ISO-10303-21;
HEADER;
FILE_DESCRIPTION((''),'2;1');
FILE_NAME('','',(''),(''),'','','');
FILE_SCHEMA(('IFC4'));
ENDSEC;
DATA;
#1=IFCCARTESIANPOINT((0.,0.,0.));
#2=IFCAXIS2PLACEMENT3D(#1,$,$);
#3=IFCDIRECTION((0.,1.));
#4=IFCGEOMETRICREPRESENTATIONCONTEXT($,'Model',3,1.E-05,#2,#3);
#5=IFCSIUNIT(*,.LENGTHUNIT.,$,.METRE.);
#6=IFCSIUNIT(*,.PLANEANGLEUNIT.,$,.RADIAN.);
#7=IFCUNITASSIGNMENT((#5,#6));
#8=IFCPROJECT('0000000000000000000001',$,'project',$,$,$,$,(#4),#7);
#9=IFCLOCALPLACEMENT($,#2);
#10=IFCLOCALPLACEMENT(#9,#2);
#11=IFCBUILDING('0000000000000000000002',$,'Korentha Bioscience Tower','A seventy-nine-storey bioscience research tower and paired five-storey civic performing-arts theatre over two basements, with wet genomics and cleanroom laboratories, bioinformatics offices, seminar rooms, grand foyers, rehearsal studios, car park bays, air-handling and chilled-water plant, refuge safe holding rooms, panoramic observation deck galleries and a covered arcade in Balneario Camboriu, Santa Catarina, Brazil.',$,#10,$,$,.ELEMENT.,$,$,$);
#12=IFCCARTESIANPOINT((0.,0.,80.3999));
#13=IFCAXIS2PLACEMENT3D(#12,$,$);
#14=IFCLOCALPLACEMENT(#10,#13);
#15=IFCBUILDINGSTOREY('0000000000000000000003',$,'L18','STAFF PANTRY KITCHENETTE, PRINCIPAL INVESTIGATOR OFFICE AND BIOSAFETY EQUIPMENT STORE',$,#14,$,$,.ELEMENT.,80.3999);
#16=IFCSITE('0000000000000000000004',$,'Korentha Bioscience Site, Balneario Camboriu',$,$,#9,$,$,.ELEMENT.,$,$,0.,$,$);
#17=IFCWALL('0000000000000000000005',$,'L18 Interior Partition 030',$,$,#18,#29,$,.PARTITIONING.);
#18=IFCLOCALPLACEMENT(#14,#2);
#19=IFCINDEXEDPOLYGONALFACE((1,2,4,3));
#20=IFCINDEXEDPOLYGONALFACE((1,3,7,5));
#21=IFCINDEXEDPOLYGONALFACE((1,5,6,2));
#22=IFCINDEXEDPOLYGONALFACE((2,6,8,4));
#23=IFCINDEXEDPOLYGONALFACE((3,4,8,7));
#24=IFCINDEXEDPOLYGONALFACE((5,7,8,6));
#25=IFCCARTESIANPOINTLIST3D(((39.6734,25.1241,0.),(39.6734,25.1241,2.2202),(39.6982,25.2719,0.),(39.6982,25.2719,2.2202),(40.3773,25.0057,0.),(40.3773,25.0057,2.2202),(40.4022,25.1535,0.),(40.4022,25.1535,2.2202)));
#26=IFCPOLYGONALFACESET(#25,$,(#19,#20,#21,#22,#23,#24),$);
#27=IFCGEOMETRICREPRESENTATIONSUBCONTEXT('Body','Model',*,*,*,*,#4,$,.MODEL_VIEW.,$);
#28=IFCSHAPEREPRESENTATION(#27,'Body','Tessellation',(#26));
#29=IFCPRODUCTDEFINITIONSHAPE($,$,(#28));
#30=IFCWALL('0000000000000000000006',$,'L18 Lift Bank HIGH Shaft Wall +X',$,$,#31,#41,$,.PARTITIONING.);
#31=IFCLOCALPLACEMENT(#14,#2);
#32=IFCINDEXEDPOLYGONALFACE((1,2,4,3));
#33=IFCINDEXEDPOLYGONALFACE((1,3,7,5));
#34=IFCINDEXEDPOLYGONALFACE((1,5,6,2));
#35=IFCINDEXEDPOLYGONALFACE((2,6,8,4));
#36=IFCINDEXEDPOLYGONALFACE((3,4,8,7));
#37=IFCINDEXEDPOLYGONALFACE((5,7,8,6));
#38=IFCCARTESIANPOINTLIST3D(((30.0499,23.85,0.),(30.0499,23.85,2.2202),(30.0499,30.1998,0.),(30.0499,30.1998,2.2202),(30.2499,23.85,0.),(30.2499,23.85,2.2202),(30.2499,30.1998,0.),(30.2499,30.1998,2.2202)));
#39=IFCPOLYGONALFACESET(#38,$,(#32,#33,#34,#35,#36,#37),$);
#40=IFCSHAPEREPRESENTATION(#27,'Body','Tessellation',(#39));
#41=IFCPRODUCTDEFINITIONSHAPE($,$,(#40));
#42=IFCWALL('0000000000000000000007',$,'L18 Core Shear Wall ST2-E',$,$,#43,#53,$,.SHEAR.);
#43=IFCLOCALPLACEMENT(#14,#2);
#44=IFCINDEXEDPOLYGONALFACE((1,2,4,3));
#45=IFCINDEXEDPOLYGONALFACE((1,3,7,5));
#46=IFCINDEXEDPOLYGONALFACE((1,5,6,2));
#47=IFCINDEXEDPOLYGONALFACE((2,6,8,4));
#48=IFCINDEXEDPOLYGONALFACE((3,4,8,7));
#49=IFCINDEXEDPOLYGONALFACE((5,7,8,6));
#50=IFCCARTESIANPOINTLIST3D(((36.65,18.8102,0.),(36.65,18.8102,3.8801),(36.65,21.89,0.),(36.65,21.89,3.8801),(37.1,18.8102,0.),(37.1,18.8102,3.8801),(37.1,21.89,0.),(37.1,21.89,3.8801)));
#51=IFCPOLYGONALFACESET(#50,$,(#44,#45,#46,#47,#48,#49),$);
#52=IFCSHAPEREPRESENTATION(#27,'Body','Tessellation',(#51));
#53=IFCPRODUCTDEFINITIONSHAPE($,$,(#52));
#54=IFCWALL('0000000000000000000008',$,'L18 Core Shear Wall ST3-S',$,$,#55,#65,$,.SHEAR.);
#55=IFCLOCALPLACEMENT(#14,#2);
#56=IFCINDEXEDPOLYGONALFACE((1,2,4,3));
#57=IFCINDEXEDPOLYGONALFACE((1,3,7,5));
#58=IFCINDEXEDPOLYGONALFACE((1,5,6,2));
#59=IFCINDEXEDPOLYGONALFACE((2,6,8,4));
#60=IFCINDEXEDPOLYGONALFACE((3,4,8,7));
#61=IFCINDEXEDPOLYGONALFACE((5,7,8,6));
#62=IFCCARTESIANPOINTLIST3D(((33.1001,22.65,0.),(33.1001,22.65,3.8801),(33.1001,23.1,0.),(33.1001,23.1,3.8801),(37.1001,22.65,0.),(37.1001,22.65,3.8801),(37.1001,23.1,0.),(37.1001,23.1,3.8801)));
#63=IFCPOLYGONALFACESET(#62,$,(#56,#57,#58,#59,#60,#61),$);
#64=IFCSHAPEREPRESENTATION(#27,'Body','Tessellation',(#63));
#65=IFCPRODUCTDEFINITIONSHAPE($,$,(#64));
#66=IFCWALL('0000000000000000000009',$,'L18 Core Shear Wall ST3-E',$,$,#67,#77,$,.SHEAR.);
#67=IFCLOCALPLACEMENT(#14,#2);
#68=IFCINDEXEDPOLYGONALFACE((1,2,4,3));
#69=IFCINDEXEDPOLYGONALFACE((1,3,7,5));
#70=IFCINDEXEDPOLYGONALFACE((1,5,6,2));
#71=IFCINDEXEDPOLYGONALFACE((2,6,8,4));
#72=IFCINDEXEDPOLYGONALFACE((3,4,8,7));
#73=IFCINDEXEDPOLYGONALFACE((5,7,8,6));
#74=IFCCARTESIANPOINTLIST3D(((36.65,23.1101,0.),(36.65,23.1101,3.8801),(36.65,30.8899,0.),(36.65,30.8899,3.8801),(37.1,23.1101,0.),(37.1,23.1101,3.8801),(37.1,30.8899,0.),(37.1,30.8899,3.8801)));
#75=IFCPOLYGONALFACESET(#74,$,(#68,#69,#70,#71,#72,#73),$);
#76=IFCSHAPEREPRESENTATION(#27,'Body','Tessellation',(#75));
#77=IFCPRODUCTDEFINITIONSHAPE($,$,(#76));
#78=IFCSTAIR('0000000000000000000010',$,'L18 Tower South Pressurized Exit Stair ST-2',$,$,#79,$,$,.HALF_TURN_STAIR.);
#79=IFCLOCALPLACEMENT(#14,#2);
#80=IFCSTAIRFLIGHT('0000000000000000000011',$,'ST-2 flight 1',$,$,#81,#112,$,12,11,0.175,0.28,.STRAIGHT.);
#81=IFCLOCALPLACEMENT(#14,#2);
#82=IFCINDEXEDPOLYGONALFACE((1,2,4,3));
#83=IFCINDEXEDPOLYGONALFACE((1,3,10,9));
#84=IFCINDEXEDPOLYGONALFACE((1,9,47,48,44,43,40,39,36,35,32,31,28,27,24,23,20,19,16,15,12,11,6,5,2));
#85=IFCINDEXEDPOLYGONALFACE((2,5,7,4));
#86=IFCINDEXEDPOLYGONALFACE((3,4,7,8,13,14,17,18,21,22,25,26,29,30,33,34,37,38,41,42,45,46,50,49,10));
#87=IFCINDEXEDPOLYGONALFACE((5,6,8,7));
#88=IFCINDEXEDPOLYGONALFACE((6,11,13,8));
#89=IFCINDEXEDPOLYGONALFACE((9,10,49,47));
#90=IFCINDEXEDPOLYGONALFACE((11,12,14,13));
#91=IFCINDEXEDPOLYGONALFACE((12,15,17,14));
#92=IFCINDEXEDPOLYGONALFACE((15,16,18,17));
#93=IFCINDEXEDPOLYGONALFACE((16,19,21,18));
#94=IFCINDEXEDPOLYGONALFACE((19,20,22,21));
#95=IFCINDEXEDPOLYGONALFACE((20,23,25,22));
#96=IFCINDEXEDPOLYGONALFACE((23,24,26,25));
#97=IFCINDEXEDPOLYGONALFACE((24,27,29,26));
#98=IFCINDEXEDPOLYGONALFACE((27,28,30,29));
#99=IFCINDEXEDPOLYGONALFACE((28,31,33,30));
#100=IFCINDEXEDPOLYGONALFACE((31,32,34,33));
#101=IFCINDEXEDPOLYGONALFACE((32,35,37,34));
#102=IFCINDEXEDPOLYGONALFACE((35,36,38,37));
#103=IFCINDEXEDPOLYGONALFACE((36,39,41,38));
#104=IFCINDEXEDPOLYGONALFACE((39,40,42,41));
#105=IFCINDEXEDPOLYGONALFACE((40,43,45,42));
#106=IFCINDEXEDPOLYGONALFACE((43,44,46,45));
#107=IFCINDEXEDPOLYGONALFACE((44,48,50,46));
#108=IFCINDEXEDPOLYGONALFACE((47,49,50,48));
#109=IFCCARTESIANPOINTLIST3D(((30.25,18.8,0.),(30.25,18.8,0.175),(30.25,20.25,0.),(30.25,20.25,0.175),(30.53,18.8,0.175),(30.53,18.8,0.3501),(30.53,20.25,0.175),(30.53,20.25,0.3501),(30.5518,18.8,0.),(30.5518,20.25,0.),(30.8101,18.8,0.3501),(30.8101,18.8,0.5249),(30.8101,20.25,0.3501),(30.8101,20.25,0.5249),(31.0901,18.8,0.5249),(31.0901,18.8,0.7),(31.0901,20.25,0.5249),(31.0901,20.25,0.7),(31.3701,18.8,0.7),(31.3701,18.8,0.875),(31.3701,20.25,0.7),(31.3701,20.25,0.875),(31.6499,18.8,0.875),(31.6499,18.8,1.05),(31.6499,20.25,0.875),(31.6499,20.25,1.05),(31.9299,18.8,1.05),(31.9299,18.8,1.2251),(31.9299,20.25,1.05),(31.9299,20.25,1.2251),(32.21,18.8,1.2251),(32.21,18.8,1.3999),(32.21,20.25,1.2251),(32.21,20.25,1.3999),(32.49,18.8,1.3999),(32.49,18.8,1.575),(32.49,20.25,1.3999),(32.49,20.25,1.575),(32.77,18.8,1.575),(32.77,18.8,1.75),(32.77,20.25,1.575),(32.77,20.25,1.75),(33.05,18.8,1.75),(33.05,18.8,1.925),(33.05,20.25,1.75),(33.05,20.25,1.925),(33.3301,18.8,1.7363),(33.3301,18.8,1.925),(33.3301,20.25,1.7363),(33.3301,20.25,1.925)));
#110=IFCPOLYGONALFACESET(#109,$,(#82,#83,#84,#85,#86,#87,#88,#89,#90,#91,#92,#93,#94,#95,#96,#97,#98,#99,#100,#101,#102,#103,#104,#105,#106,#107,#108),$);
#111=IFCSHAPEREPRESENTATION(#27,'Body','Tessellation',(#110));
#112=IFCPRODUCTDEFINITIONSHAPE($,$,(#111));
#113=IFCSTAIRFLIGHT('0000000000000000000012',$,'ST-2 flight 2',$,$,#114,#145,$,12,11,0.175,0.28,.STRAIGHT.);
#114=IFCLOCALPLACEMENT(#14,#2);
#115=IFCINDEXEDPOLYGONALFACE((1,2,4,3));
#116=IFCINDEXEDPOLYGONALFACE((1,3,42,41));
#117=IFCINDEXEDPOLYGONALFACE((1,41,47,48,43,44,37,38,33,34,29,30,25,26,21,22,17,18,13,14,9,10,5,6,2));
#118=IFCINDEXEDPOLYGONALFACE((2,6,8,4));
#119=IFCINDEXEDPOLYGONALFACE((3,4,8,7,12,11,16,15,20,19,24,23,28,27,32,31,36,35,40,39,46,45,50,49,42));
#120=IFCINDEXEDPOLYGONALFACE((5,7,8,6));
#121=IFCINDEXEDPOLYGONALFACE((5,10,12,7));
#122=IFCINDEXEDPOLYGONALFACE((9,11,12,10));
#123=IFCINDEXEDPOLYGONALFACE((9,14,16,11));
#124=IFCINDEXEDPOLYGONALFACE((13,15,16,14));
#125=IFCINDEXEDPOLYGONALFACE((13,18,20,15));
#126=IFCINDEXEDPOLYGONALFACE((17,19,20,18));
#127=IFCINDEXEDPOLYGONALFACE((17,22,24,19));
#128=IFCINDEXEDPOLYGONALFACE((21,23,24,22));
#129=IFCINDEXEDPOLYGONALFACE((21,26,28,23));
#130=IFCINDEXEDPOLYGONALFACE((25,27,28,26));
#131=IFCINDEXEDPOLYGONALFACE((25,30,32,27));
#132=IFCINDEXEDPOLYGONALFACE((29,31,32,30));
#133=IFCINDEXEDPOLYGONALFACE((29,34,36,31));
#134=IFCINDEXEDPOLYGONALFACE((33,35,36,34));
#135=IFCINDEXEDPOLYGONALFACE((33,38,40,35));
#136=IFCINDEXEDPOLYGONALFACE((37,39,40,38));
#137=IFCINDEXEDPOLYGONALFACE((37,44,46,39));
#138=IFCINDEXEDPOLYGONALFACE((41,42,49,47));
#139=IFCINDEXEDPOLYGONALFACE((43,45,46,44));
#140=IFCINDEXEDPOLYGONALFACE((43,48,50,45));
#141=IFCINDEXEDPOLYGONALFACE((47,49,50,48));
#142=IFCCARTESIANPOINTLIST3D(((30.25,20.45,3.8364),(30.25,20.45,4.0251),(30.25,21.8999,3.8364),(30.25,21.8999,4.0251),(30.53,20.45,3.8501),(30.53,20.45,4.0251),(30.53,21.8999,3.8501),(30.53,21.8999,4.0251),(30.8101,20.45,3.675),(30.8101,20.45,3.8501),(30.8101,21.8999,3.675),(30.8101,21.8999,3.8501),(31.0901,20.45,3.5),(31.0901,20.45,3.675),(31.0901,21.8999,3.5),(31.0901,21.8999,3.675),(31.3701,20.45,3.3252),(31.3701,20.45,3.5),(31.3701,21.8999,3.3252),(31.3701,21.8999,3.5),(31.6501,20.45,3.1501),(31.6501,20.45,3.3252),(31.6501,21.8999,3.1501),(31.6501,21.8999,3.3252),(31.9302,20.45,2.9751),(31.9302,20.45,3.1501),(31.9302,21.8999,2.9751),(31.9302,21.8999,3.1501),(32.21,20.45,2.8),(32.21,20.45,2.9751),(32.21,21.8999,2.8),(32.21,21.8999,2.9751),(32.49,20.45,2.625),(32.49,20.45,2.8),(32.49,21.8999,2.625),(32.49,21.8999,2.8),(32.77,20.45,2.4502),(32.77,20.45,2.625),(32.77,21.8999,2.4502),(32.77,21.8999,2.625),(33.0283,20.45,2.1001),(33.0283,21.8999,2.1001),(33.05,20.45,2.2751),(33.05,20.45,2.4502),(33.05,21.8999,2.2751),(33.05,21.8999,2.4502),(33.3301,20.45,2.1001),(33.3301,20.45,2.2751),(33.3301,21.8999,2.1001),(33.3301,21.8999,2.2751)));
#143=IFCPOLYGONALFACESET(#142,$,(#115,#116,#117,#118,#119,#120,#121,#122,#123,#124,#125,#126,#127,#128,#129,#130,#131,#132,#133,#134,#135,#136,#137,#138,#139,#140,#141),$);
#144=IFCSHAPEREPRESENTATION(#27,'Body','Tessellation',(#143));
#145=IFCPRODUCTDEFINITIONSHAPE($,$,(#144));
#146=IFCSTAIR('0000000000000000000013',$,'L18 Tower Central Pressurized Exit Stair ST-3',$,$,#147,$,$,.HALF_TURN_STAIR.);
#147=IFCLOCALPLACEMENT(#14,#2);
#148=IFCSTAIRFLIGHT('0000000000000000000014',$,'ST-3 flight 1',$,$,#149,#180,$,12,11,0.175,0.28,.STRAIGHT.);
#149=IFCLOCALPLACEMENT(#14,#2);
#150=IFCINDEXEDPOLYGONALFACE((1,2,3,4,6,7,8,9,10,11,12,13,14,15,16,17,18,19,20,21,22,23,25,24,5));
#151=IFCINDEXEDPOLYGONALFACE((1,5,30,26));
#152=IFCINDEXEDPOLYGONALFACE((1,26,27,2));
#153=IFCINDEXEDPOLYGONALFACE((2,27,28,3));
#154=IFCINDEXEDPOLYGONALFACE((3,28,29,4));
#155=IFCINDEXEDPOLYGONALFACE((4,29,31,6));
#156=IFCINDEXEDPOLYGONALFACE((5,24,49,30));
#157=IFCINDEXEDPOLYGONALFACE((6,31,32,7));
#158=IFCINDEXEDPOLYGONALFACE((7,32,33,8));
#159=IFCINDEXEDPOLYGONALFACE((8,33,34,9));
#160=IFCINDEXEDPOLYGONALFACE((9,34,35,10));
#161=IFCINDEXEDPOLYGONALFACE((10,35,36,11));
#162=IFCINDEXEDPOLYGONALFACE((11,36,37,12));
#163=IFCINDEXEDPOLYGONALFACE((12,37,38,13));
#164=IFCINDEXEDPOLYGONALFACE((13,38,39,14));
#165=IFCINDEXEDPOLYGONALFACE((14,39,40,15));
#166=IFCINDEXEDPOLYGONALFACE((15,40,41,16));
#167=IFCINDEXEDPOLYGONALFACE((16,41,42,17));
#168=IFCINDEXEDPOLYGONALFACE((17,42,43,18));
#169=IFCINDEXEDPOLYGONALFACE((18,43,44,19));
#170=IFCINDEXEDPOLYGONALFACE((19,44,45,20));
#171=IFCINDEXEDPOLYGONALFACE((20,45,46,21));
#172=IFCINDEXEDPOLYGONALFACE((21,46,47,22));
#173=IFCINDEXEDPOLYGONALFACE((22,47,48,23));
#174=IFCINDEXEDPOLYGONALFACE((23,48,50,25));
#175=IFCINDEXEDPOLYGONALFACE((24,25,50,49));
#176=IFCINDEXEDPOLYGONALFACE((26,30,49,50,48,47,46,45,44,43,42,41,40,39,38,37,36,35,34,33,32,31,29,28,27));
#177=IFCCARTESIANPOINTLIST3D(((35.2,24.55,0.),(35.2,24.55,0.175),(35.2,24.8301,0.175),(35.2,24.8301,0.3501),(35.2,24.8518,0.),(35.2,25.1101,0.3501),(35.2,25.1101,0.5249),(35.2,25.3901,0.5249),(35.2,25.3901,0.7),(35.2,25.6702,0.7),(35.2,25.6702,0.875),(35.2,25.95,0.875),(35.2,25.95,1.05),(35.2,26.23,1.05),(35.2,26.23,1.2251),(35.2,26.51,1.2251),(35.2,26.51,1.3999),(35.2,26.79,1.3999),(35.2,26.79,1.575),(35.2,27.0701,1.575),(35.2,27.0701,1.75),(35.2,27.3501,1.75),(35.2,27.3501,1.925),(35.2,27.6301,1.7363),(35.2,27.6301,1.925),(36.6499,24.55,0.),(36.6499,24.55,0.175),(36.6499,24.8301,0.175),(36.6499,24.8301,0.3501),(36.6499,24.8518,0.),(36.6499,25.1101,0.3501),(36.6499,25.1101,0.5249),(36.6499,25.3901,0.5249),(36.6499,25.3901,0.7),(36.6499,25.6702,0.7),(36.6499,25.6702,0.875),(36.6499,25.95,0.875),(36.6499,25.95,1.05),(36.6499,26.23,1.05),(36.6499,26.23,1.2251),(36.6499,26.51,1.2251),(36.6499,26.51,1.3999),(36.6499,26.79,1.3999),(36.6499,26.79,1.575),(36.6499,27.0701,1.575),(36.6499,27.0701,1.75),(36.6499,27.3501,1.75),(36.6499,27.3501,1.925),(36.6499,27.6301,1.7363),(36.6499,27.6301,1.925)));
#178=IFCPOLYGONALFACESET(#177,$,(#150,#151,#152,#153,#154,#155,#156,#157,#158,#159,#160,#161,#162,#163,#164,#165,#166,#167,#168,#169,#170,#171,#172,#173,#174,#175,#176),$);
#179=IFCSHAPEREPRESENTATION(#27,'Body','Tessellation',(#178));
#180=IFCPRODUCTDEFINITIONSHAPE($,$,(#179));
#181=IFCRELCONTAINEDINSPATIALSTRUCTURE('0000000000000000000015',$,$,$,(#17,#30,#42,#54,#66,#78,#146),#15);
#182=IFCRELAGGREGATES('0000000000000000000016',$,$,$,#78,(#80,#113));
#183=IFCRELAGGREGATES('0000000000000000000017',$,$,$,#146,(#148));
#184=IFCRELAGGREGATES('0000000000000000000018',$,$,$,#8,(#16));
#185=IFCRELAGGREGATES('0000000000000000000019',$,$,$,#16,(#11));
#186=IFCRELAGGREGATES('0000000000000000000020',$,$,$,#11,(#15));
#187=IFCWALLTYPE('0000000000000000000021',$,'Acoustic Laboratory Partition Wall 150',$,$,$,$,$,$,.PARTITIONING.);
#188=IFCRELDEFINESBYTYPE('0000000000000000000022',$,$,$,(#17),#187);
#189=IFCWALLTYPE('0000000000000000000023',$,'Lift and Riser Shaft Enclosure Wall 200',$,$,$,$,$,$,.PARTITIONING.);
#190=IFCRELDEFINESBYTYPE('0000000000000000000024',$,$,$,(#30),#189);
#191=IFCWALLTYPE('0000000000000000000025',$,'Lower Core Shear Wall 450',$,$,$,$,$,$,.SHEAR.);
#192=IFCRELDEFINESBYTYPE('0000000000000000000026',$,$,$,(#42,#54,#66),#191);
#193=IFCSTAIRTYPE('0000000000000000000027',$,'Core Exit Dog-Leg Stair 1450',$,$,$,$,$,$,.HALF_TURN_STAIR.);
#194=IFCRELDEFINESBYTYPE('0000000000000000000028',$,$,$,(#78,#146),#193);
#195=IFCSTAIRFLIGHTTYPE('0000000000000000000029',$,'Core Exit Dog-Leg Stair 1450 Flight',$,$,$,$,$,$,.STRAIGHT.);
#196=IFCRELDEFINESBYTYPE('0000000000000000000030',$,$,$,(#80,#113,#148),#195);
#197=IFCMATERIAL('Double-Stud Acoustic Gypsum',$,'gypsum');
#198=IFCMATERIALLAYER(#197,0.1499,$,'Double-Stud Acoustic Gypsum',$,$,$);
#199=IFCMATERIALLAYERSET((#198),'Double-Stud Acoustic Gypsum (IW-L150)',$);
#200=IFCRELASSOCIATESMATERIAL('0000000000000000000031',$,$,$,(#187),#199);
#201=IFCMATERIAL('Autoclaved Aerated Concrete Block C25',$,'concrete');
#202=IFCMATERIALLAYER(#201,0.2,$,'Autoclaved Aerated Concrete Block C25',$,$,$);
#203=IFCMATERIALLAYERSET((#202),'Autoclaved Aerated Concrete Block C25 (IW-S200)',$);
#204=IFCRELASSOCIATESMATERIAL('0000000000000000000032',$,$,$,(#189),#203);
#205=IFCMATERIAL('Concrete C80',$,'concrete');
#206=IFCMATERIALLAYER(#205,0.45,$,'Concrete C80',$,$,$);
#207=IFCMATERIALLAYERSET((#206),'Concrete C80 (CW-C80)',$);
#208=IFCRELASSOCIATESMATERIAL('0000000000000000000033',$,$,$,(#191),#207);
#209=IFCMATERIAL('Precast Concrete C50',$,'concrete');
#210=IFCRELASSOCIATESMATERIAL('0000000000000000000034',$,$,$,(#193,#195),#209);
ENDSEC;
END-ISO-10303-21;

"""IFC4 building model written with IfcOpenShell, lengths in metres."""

from ifc_helpers import new_model, si_unit, direction, frame, frame_2d, origin, place, context, subcontext, project, spatial, polyline, rectangle, outline, extrude, material, layer, layer_set, type_object, element, aggregate, save


model = new_model("IFC4")

# Units and contexts
model_context = context("Model", 3, precision=1e-05, world=origin(), true_north=direction((0.0, 1.0)))
body_context = subcontext(model_context, "Body", "Model", "MODEL_VIEW")
ifc_project = project(units=[si_unit("LENGTHUNIT", "METRE"), si_unit("PLANEANGLEUNIT", "RADIAN")], contexts=[model_context])

# Site, building, storey
site_placement = place(None, origin())
site = spatial("IfcSite", under=ifc_project, at=site_placement, Name="Korentha Bioscience Site, Balneario Camboriu", CompositionType="ELEMENT", RefElevation=0.0)
building_placement = place(site_placement, origin())
building = spatial("IfcBuilding", under=site, at=building_placement, Name="Korentha Bioscience Tower", Description="A seventy-nine-storey bioscience research tower and paired five-storey civic performing-arts theatre over two basements, with wet genomics and cleanroom laboratories, bioinformatics offices, seminar rooms, grand foyers, rehearsal studios, car park bays, air-handling and chilled-water plant, refuge safe holding rooms, panoramic observation deck galleries and a covered arcade in Balneario Camboriu, Santa Catarina, Brazil.", CompositionType="ELEMENT")
storey_placement = place(building_placement, frame((0.0, 0.0, 80.3999)))
storey = spatial("IfcBuildingStorey", under=building, at=storey_placement, Name="L18", Description="STAFF PANTRY KITCHENETTE, PRINCIPAL INVESTIGATOR OFFICE AND BIOSAFETY EQUIPMENT STORE", CompositionType="ELEMENT", Elevation=80.3999)

# Shared definitions
ifc_material_1 = material(Name="Double-Stud Acoustic Gypsum", Category="gypsum")
ifc_layer_1 = layer(ifc_material_1, 0.1499, Name="Double-Stud Acoustic Gypsum")
ifc_layer_set_1 = layer_set([ifc_layer_1], Name="Double-Stud Acoustic Gypsum (IW-L150)")
wall_type_1 = type_object("IfcWallType", Name="Acoustic Laboratory Partition Wall 150", PredefinedType="PARTITIONING", material=ifc_layer_set_1)

# Walls
wall_1_placement = place(storey_placement, frame((39.6858, 25.198, 0.0), z_axis=(0.0, 0.0, 1.0), x_axis=(0.986153, -0.165841, 0.0)))
element("IfcWall", 1, at=wall_1_placement, inside=storey, type_object=wall_type_1, Name="L18 Interior Partition 030", PredefinedType="PARTITIONING", context=body_context, shape_type="SweptSolid", body=[
    extrude(rectangle(XDim=0.7139, YDim=0.1499, at=frame_2d((0.3569, 0.0))), origin(), (0.0, 0.0, 1.0), 2.2202),
])
ifc_material_2 = material(Name="Autoclaved Aerated Concrete Block C25", Category="concrete")
ifc_layer_2 = layer(ifc_material_2, 0.2, Name="Autoclaved Aerated Concrete Block C25")
ifc_layer_set_2 = layer_set([ifc_layer_2], Name="Autoclaved Aerated Concrete Block C25 (IW-S200)")
wall_type_2 = type_object("IfcWallType", Name="Lift and Riser Shaft Enclosure Wall 200", PredefinedType="PARTITIONING", material=ifc_layer_set_2)
wall_2_placement = place(storey_placement, frame((30.1499, 23.8501, 0.0), z_axis=(0.0, 0.0, 1.0), x_axis=(0.0, 1.0, 0.0)))
element("IfcWall", 2, at=wall_2_placement, inside=storey, type_object=wall_type_2, Name="L18 Lift Bank HIGH Shaft Wall +X", PredefinedType="PARTITIONING", context=body_context, shape_type="SweptSolid", body=[
    extrude(rectangle(XDim=6.3499, YDim=0.2, at=frame_2d((3.1748, 0.0))), origin(), (0.0, 0.0, 1.0), 2.2202),
])
ifc_material_3 = material(Name="Concrete C80", Category="concrete")
ifc_layer_3 = layer(ifc_material_3, 0.45, Name="Concrete C80")
ifc_layer_set_3 = layer_set([ifc_layer_3], Name="Concrete C80 (CW-C80)")
wall_type_3 = type_object("IfcWallType", Name="Lower Core Shear Wall 450", PredefinedType="SHEAR", material=ifc_layer_set_3)
wall_3_placement = place(storey_placement, frame((36.875, 18.8101, 0.0), z_axis=(0.0, 0.0, 1.0), x_axis=(0.0, 1.0, 0.0)))
element("IfcWall", 3, at=wall_3_placement, inside=storey, type_object=wall_type_3, Name="L18 Core Shear Wall ST2-E", PredefinedType="SHEAR", context=body_context, shape_type="SweptSolid", body=[
    extrude(rectangle(XDim=3.0798, YDim=0.45, at=frame_2d((1.54, 0.0))), origin(), (0.0, 0.0, 1.0), 3.8801),
])
wall_4_placement = place(storey_placement, frame((33.1001, 22.875, 0.0), z_axis=(0.0, 0.0, 1.0), x_axis=(1.0, 0.0, 0.0)))
element("IfcWall", 4, at=wall_4_placement, inside=storey, type_object=wall_type_3, Name="L18 Core Shear Wall ST3-S", PredefinedType="SHEAR", context=body_context, shape_type="SweptSolid", body=[
    extrude(rectangle(XDim=4.0, YDim=0.45, at=frame_2d((2.0, 0.0))), origin(), (0.0, 0.0, 1.0), 3.8801),
])
wall_5_placement = place(storey_placement, frame((36.875, 23.1101, 0.0), z_axis=(0.0, 0.0, 1.0), x_axis=(0.0, 1.0, 0.0)))
element("IfcWall", 5, at=wall_5_placement, inside=storey, type_object=wall_type_3, Name="L18 Core Shear Wall ST3-E", PredefinedType="SHEAR", context=body_context, shape_type="SweptSolid", body=[
    extrude(rectangle(XDim=7.7798, YDim=0.45, at=frame_2d((3.8899, 0.0))), origin(), (0.0, 0.0, 1.0), 3.8801),
])

# Stair, stair flights
ifc_material_4 = material(Name="Precast Concrete C50", Category="concrete")
stair_type = type_object("IfcStairType", Name="Core Exit Dog-Leg Stair 1450", PredefinedType="HALF_TURN_STAIR", material=ifc_material_4)
stair_1_placement = place(storey_placement, origin())
stair_1 = element("IfcStair", 6, at=stair_1_placement, inside=storey, type_object=stair_type, Name="L18 Tower South Pressurized Exit Stair ST-2", PredefinedType="HALF_TURN_STAIR")
stair_flight_type = type_object("IfcStairFlightType", Name="Core Exit Dog-Leg Stair 1450 Flight", PredefinedType="STRAIGHT", material=ifc_material_4)
stair_flight_1_placement = place(storey_placement, frame((30.25, 19.5249, 0.0), z_axis=(0.0, 0.0, 1.0), x_axis=(1.0, 0.0, 0.0)))
stair_flight_1 = element("IfcStairFlight", 7, at=stair_flight_1_placement, type_object=stair_flight_type, Name="ST-2 flight 1", NumberOfRisers=12, NumberOfTreads=11, PredefinedType="STRAIGHT", RiserHeight=0.175, TreadLength=0.28, context=body_context, shape_type="SweptSolid", body=[
    extrude(outline(polyline([(0.0, 0.0), (0.0, 0.175), (0.28, 0.175), (0.28, 0.3501), (0.5601, 0.3501), (0.5601, 0.5249), (0.8401, 0.5249), (0.8401, 0.7), (1.1201, 0.7), (1.1201, 0.875), (1.3999, 0.875), (1.3999, 1.05), (1.6799, 1.05), (1.6799, 1.2251), (1.96, 1.2251), (1.96, 1.3999), (2.24, 1.3999), (2.24, 1.575), (2.52, 1.575), (2.52, 1.75), (2.8, 1.75), (2.8, 1.925), (3.0801, 1.925), (3.0801, 2.1001), (3.0801, 1.7363), (0.3018, 0.0), (0.0, 0.0)])), frame((0.0, 0.7251, 0.0), z_axis=(0.0, -1.0, 0.0), x_axis=(1.0, 0.0, 0.0)), (0.0, 0.0, 1.0), 1.45),
])
stair_flight_2_placement = place(storey_placement, frame((33.3301, 21.175, 2.1001), z_axis=(0.0, 0.0, 1.0), x_axis=(-1.0, 0.0, 0.0)))
stair_flight_2 = element("IfcStairFlight", 8, at=stair_flight_2_placement, type_object=stair_flight_type, Name="ST-2 flight 2", NumberOfRisers=12, NumberOfTreads=11, PredefinedType="STRAIGHT", RiserHeight=0.175, TreadLength=0.28, context=body_context, shape_type="SweptSolid", body=[
    extrude(outline(polyline([(0.0, 0.0), (0.0, 0.175), (0.28, 0.175), (0.28, 0.3501), (0.5601, 0.3501), (0.5601, 0.5249), (0.8401, 0.5249), (0.8401, 0.7), (1.1201, 0.7), (1.1201, 0.875), (1.3999, 0.875), (1.3999, 1.05), (1.6799, 1.05), (1.6799, 1.2251), (1.96, 1.2251), (1.96, 1.3999), (2.24, 1.3999), (2.24, 1.575), (2.52, 1.575), (2.52, 1.75), (2.8, 1.75), (2.8, 1.925), (3.0801, 1.925), (3.0801, 2.1001), (3.0801, 1.7363), (0.3018, 0.0), (0.0, 0.0)])), frame((0.0, 0.7251, 0.0), z_axis=(0.0, -1.0, 0.0), x_axis=(1.0, 0.0, 0.0)), (0.0, 0.0, 1.0), 1.45),
])
aggregate(stair_1, [stair_flight_1, stair_flight_2])

# Stair, stair flight
stair_2_placement = place(storey_placement, origin())
stair_2 = element("IfcStair", 9, at=stair_2_placement, inside=storey, type_object=stair_type, Name="L18 Tower Central Pressurized Exit Stair ST-3", PredefinedType="HALF_TURN_STAIR")
stair_flight_3_placement = place(storey_placement, frame((35.925, 24.55, 0.0), z_axis=(0.0, 0.0, 1.0), x_axis=(0.0, 1.0, 0.0)))
stair_flight_3 = element("IfcStairFlight", 10, at=stair_flight_3_placement, type_object=stair_flight_type, Name="ST-3 flight 1", NumberOfRisers=12, NumberOfTreads=11, PredefinedType="STRAIGHT", RiserHeight=0.175, TreadLength=0.28, context=body_context, shape_type="SweptSolid", body=[
    extrude(outline(polyline([(0.0, 0.0), (0.0, 0.175), (0.28, 0.175), (0.28, 0.3501), (0.5601, 0.3501), (0.5601, 0.5249), (0.8401, 0.5249), (0.8401, 0.7), (1.1201, 0.7), (1.1201, 0.875), (1.3999, 0.875), (1.3999, 1.05), (1.6799, 1.05), (1.6799, 1.2251), (1.96, 1.2251), (1.96, 1.3999), (2.24, 1.3999), (2.24, 1.575), (2.52, 1.575), (2.52, 1.75), (2.8, 1.75), (2.8, 1.925), (3.0801, 1.925), (3.0801, 2.1001), (3.0801, 1.7363), (0.3018, 0.0), (0.0, 0.0)])), frame((0.0, 0.7251, 0.0), z_axis=(0.0, -1.0, 0.0), x_axis=(1.0, 0.0, 0.0)), (0.0, 0.0, 1.0), 1.45),
])
aggregate(stair_2, [stair_flight_3])

save(model, "model.ifc")
